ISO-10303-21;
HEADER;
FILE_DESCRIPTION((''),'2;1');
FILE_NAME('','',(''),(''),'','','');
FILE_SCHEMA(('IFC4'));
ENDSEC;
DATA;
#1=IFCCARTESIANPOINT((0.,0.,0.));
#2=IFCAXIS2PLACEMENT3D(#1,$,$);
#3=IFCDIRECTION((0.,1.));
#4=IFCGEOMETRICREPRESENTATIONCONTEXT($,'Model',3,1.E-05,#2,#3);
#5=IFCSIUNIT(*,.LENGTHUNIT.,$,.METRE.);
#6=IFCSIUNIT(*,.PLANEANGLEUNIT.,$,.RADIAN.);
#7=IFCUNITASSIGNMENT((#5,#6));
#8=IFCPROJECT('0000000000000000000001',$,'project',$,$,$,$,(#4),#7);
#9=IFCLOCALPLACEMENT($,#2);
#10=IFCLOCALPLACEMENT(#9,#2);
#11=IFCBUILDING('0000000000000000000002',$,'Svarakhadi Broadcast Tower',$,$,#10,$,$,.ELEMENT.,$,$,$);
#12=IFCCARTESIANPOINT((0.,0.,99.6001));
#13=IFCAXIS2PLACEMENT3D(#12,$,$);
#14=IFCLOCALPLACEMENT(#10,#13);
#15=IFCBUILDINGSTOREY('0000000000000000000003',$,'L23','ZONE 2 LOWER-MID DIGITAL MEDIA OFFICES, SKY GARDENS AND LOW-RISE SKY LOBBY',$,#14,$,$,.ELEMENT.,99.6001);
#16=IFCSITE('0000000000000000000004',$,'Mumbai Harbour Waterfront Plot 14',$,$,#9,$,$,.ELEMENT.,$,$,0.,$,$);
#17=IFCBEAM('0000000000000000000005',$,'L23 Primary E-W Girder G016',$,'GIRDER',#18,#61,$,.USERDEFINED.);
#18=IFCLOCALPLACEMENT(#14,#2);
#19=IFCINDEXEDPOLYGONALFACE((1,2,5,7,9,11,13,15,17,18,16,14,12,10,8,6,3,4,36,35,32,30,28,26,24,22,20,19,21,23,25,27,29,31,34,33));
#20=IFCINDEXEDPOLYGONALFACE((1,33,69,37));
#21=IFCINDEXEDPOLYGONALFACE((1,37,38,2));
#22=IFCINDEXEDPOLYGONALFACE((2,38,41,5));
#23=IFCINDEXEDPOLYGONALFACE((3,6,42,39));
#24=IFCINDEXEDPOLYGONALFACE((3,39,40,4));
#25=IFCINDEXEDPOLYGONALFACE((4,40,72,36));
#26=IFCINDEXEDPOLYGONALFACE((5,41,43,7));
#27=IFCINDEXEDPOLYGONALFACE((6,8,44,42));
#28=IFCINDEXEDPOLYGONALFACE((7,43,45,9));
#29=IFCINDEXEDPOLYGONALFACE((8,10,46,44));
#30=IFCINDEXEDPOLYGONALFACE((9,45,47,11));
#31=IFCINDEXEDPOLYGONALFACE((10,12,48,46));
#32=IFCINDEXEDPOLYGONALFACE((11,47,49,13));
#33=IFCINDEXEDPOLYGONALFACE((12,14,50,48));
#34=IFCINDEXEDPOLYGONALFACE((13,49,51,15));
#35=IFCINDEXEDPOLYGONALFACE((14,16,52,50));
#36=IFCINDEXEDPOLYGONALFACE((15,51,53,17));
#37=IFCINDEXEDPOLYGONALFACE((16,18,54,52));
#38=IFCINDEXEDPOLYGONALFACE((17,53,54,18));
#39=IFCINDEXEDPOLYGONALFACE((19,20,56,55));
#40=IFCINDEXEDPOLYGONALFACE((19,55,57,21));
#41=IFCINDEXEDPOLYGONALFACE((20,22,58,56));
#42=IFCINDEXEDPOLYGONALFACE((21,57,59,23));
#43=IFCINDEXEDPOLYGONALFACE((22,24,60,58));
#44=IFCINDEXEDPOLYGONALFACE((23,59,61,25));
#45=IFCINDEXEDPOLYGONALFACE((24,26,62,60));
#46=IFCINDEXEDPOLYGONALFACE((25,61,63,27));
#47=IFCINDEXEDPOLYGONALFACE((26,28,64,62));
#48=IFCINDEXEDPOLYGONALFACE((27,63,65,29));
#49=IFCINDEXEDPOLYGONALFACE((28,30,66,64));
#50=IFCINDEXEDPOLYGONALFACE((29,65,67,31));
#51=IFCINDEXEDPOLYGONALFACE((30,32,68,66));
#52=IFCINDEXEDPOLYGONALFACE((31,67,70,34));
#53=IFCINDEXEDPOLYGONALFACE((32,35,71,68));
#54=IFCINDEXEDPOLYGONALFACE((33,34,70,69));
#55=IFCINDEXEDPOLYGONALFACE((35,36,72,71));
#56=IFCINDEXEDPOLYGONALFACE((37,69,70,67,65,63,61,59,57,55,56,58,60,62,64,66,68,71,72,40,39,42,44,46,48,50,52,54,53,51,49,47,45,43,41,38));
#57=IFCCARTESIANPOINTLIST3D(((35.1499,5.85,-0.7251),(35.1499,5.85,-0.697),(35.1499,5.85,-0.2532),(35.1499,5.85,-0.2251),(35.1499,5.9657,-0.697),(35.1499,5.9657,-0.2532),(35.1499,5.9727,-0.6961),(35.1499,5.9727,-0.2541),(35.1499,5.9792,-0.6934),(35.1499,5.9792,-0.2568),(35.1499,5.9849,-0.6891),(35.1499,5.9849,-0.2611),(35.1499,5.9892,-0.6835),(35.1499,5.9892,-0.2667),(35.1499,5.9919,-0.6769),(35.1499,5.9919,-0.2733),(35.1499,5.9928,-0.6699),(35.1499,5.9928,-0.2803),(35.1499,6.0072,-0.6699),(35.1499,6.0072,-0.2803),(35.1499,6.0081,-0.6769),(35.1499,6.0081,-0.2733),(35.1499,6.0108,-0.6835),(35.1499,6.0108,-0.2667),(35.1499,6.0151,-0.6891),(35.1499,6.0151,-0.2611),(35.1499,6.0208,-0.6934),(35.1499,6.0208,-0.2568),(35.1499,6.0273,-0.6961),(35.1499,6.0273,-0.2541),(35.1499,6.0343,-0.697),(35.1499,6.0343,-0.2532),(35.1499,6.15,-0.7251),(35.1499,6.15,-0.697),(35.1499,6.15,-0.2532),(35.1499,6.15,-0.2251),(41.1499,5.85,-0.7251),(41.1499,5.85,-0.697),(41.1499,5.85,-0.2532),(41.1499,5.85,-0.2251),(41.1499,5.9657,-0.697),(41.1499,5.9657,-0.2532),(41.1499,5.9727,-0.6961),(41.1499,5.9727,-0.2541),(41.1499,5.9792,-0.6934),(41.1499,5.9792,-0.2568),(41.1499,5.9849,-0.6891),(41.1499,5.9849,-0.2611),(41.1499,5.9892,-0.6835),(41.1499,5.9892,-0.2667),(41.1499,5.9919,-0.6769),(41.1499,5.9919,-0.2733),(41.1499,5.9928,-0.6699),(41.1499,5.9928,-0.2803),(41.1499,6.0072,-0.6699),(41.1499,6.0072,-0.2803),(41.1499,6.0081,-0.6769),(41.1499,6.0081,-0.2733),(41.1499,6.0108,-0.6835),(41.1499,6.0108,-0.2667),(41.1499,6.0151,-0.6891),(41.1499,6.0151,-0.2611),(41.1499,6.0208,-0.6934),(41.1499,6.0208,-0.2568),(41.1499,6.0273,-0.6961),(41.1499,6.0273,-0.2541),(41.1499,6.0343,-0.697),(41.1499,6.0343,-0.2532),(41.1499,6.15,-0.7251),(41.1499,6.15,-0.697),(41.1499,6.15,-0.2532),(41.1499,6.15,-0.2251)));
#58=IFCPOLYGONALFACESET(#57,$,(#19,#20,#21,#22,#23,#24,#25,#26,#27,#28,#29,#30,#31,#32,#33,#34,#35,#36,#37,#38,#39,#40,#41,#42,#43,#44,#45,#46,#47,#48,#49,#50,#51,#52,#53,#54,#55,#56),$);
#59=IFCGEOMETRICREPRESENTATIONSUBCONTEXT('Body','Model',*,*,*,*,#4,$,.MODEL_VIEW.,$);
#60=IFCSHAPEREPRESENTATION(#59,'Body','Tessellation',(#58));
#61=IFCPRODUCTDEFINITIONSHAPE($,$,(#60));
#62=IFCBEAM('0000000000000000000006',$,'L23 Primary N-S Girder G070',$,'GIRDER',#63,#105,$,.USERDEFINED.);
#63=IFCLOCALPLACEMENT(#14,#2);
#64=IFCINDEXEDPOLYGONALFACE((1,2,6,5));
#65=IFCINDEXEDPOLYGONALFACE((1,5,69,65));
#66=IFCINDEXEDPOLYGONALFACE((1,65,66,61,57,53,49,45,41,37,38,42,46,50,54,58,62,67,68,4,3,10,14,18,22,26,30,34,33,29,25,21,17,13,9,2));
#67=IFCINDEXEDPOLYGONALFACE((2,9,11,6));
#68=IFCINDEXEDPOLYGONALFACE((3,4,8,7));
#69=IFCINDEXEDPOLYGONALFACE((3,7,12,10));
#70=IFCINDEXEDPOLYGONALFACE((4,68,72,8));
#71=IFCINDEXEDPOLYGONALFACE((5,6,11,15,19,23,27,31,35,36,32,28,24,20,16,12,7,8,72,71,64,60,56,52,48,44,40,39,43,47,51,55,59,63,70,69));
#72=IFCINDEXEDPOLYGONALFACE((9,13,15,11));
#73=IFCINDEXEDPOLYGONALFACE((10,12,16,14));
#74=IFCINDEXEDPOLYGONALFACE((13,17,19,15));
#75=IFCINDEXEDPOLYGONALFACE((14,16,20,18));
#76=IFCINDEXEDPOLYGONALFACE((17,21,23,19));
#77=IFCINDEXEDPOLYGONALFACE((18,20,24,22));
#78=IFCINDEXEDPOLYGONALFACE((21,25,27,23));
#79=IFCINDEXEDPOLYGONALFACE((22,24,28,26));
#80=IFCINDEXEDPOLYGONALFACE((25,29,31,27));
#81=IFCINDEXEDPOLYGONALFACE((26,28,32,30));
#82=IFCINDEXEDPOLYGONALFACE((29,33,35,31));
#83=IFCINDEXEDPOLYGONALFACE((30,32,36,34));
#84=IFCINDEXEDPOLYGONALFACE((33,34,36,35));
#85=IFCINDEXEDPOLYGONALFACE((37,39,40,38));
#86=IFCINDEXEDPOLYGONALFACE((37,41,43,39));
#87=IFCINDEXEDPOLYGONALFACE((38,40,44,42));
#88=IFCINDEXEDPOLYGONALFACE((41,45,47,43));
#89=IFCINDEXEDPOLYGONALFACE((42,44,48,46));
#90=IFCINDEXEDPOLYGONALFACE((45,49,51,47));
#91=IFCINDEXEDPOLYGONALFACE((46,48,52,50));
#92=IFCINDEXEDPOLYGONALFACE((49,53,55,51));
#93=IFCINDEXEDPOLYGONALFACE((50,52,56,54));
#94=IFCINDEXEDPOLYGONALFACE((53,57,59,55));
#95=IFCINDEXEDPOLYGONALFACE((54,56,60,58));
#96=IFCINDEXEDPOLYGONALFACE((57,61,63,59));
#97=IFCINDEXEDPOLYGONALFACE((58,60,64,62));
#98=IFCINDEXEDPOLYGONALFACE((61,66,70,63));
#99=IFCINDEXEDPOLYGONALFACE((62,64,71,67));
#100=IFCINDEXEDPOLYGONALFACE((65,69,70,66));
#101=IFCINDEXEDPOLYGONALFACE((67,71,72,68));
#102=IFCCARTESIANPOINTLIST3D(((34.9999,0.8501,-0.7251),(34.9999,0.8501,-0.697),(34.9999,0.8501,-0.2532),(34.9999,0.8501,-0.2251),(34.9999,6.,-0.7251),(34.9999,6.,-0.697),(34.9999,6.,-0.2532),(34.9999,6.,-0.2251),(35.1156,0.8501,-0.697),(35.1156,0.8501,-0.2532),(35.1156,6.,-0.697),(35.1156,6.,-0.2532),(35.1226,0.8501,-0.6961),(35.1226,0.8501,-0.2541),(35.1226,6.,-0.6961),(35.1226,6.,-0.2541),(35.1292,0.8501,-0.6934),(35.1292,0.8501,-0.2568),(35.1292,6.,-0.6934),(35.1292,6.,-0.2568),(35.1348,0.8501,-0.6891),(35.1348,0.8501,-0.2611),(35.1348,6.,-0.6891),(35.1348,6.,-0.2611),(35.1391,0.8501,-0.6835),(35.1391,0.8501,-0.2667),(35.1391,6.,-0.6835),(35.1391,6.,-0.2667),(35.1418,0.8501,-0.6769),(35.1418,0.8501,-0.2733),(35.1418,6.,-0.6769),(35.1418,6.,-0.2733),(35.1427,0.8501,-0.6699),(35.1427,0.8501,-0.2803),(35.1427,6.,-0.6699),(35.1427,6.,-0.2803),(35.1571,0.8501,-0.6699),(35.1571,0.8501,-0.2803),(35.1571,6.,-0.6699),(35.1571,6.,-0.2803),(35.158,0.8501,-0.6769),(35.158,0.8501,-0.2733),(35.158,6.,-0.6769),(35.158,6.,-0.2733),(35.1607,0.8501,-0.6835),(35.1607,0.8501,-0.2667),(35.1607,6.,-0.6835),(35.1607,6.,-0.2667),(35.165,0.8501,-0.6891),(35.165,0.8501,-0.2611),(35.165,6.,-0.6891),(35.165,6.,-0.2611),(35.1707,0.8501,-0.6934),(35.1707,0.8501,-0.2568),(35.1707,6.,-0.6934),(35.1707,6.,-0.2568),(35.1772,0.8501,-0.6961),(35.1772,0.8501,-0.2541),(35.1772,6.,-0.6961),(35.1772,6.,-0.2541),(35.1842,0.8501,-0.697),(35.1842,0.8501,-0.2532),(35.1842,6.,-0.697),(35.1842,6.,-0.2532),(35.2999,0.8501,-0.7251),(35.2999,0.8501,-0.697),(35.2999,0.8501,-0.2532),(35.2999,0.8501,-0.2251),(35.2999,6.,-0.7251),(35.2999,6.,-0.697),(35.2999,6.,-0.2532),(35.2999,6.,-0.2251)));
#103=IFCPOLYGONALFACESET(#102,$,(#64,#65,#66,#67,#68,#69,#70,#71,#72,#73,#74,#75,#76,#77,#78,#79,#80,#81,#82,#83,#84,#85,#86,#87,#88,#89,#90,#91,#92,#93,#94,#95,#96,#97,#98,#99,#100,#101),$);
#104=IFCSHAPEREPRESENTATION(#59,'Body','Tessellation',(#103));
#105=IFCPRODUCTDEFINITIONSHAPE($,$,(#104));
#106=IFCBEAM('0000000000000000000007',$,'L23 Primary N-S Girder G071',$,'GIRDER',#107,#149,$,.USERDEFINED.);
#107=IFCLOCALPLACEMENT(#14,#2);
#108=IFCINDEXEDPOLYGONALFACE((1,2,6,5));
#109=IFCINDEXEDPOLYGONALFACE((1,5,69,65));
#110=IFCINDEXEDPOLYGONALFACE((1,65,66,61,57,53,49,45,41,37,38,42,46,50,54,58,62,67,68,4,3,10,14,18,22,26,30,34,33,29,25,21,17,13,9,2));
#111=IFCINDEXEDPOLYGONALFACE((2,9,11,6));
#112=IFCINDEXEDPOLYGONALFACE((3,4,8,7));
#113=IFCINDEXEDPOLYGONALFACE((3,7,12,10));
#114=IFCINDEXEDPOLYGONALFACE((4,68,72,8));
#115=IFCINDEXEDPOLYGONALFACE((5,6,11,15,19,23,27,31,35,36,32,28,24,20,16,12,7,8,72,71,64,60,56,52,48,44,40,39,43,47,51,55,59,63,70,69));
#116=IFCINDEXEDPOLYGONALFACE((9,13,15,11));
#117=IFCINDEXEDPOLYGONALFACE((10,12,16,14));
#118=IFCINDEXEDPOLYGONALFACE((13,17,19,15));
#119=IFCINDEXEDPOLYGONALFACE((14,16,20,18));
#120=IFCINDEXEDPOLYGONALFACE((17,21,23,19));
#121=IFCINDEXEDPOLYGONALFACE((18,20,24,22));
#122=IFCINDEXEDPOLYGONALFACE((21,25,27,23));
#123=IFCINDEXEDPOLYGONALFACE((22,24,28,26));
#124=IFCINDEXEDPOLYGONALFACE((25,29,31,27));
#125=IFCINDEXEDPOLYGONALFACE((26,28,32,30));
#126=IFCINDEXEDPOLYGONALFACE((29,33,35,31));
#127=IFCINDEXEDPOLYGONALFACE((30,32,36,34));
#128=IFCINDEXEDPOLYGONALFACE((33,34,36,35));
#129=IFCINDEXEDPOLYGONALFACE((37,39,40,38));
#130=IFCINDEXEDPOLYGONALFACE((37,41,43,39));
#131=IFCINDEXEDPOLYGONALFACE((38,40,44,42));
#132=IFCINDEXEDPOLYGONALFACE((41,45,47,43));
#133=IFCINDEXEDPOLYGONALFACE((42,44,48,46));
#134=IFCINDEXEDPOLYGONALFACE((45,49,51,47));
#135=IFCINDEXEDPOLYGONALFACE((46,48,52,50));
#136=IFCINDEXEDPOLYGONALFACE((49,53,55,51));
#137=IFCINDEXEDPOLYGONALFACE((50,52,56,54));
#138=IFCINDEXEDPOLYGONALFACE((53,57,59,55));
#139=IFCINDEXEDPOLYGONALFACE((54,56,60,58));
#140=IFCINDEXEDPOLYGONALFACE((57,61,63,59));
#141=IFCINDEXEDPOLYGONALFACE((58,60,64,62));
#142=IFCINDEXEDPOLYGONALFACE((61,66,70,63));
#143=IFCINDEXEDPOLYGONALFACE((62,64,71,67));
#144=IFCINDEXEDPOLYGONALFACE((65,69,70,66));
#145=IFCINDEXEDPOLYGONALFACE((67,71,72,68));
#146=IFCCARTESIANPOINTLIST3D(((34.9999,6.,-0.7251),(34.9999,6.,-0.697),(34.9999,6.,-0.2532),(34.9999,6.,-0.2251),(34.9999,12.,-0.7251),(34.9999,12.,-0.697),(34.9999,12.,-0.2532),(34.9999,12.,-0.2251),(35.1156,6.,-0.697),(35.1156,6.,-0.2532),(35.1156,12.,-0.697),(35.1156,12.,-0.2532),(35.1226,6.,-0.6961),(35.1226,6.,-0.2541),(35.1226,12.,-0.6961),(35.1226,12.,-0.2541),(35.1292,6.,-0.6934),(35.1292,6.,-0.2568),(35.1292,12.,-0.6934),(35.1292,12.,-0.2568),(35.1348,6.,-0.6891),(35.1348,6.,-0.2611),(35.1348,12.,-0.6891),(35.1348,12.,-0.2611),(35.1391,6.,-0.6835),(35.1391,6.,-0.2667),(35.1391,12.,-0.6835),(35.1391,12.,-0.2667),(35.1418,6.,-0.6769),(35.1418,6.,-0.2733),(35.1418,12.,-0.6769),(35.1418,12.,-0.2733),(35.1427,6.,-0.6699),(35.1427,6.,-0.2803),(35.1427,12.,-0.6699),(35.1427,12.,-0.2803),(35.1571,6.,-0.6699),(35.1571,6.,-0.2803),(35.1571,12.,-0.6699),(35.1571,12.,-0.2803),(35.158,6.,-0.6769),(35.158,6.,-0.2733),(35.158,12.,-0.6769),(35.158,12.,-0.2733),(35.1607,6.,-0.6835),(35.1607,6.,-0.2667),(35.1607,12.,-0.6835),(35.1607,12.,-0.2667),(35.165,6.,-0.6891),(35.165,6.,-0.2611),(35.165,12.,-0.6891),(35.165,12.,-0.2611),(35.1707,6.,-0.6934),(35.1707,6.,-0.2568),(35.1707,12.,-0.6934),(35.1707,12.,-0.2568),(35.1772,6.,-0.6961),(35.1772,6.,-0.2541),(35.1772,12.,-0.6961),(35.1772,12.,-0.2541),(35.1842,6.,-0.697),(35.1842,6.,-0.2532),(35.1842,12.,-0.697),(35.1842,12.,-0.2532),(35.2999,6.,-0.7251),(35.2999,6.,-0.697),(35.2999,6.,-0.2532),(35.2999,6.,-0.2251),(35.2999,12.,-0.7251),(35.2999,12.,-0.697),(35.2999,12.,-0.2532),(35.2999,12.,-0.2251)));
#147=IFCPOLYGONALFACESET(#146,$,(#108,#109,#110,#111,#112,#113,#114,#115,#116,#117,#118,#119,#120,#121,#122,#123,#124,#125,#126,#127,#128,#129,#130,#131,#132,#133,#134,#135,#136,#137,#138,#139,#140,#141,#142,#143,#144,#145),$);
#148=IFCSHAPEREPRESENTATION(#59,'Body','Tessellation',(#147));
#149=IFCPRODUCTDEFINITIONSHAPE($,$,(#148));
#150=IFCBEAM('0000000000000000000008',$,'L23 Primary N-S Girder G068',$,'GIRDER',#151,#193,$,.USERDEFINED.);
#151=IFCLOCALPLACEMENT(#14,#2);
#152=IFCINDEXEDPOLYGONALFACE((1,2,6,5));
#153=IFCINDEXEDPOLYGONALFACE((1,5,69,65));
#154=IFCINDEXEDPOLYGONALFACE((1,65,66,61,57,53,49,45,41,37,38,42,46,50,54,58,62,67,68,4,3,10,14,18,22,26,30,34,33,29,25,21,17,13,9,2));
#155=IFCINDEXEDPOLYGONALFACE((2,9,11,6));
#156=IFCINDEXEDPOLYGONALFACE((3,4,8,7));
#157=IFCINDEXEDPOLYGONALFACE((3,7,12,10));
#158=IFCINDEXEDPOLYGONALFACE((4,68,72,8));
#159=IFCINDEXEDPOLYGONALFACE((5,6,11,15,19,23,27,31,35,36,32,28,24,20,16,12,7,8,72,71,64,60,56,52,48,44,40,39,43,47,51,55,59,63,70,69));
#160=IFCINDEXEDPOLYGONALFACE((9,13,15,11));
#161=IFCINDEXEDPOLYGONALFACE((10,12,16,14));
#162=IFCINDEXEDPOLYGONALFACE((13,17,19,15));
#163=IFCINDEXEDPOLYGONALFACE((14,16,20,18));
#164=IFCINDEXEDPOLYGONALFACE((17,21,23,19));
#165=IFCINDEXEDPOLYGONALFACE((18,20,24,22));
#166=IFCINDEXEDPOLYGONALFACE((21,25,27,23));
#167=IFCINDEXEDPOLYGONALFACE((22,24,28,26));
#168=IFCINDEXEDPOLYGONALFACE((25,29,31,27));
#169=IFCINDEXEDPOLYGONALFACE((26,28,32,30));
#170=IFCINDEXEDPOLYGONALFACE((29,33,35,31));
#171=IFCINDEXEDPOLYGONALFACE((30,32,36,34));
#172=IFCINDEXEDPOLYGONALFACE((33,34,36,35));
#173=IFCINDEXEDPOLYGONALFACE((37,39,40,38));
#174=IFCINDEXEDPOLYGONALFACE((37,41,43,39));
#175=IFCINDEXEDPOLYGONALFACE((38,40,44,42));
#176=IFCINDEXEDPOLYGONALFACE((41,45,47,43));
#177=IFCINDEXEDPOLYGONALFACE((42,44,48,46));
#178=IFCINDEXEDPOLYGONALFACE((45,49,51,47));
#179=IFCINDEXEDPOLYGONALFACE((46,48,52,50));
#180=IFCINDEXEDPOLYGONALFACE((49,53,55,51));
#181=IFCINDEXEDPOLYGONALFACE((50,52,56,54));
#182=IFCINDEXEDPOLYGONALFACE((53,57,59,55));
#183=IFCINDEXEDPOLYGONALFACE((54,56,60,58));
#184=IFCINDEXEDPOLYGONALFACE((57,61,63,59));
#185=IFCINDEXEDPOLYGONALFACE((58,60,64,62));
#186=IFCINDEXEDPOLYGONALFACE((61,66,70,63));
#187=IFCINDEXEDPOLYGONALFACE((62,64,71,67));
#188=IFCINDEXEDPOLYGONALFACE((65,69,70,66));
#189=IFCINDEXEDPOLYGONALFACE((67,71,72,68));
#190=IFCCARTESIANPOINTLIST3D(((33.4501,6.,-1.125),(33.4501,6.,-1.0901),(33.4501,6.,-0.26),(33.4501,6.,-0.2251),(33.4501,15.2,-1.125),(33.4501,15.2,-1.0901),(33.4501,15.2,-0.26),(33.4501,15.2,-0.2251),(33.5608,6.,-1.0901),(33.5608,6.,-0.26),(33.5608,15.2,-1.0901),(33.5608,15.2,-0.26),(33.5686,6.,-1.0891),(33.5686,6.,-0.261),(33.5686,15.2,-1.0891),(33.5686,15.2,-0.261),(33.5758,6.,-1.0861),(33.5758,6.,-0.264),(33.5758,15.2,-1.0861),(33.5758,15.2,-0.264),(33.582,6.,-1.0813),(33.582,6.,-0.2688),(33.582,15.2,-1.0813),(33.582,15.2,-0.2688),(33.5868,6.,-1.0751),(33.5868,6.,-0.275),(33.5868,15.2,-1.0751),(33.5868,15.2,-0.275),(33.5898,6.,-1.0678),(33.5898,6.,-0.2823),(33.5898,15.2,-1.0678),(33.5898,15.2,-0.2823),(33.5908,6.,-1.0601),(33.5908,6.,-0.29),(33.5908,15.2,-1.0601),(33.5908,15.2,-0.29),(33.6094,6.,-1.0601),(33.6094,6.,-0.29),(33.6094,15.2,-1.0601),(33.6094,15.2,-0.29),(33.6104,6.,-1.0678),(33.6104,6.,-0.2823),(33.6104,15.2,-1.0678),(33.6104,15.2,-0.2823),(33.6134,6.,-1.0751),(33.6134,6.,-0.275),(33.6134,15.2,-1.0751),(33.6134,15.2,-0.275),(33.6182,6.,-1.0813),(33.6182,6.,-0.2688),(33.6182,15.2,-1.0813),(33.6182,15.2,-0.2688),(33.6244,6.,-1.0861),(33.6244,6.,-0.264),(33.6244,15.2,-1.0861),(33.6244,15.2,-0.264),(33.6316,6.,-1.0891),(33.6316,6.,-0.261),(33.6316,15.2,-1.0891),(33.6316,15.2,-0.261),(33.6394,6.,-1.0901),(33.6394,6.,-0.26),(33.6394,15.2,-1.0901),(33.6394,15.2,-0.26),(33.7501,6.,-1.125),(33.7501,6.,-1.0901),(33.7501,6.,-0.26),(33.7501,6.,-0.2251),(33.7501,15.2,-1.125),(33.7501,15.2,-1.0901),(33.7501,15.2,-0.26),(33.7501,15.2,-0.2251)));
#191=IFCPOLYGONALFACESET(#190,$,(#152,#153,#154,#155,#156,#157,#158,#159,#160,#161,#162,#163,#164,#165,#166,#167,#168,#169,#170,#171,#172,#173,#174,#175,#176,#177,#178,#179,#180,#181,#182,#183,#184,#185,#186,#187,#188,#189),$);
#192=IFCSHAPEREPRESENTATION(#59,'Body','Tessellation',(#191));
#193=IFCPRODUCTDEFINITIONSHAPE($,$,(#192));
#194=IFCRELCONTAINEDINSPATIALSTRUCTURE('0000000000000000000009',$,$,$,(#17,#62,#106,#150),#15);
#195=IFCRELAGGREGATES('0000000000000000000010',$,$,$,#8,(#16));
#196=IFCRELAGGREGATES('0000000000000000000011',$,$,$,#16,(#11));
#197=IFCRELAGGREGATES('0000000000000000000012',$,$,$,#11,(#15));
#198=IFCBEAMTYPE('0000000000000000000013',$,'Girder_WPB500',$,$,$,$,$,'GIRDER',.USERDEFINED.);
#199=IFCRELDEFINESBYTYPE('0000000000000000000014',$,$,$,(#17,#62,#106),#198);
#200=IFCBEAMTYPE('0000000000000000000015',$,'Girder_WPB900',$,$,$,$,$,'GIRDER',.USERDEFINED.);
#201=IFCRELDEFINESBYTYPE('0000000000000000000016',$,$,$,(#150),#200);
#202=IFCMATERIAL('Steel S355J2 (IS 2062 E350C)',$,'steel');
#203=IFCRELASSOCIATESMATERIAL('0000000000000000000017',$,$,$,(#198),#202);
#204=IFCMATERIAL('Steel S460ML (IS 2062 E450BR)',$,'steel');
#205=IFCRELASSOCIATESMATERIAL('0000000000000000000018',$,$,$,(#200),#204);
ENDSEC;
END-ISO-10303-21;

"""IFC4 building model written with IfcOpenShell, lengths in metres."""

from ifc_helpers import new_model, si_unit, direction, frame, origin, origin_2d, place, context, subcontext, project, spatial, i_section, extrude, material, material_profile, profile_set, type_object, element, save


model = new_model("IFC4")

# Units and contexts
model_context = context("Model", 3, precision=1e-05, world=origin(), true_north=direction((0.0, 1.0)))
body_context = subcontext(model_context, "Body", "Model", "MODEL_VIEW")
ifc_project = project(units=[si_unit("LENGTHUNIT", "METRE"), si_unit("PLANEANGLEUNIT", "RADIAN")], contexts=[model_context])

# Site, building, storey
site_placement = place(None, origin())
site = spatial("IfcSite", under=ifc_project, at=site_placement, Name="Mumbai Harbour Waterfront Plot 14", CompositionType="ELEMENT", RefElevation=0.0)
building_placement = place(site_placement, origin())
building = spatial("IfcBuilding", under=site, at=building_placement, Name="Svarakhadi Broadcast Tower", CompositionType="ELEMENT")
storey_placement = place(building_placement, frame((0.0, 0.0, 99.6001)))
storey = spatial("IfcBuildingStorey", under=building, at=storey_placement, Name="L23", Description="ZONE 2 LOWER-MID DIGITAL MEDIA OFFICES, SKY GARDENS AND LOW-RISE SKY LOBBY", CompositionType="ELEMENT", Elevation=99.6001)

# Shared definitions
ifc_material_1 = material(Name="Steel S460ML (IS 2062 E450BR)", Category="steel")

# Shared definitions
ifc_material_2 = material(Name="Steel S355J2 (IS 2062 E350C)", Category="steel")

# Beams
ifc_material_profile_1 = material_profile(ifc_material_2, i_section(OverallWidth=0.3, OverallDepth=0.5, WebThickness=0.0144, FlangeThickness=0.0281, FilletRadius=0.0271, at=origin_2d()), Name="WPB 500x300x187")
ifc_profile_set_1 = profile_set([ifc_material_profile_1], Name="Steel S355J2 (IS 2062 E350C)")
beam_type_1 = type_object("IfcBeamType", Name="Girder_WPB500", ElementType="GIRDER", PredefinedType="USERDEFINED", material=ifc_profile_set_1)
for number, where, z_axis, x_axis, name in (
    (1, (35.1499, 6.0, -0.4751), (1.0, 0.0, 0.0), (0.0, 1.0, 0.0), "L23 Primary E-W Girder G016"),
):
    element("IfcBeam", number, at=place(storey_placement, frame(where, z_axis=z_axis, x_axis=x_axis)), inside=storey, type_object=beam_type_1, Name=name, ObjectType="GIRDER", PredefinedType="USERDEFINED", context=body_context, shape_type="SweptSolid", body=[
        extrude(i_section(OverallWidth=0.3, OverallDepth=0.5, WebThickness=0.0144, FlangeThickness=0.0281, FilletRadius=0.0271, at=origin_2d()), origin(), (0.0, 0.0, 1.0), 6.0),
    ])
beam_1_placement = place(storey_placement, frame((35.1499, 0.8501, -0.4751), z_axis=(0.0, 1.0, 0.0), x_axis=(-1.0, 0.0, 0.0)))
element("IfcBeam", 2, at=beam_1_placement, inside=storey, type_object=beam_type_1, Name="L23 Primary N-S Girder G070", ObjectType="GIRDER", PredefinedType="USERDEFINED", context=body_context, shape_type="SweptSolid", body=[
    extrude(i_section(OverallWidth=0.3, OverallDepth=0.5, WebThickness=0.0144, FlangeThickness=0.0281, FilletRadius=0.0271, at=origin_2d()), origin(), (0.0, 0.0, 1.0), 5.1499),
])
beam_2_placement = place(storey_placement, frame((35.1499, 6.0, -0.4751), z_axis=(0.0, 1.0, 0.0), x_axis=(-1.0, 0.0, 0.0)))
element("IfcBeam", 3, at=beam_2_placement, inside=storey, type_object=beam_type_1, Name="L23 Primary N-S Girder G071", ObjectType="GIRDER", PredefinedType="USERDEFINED", context=body_context, shape_type="SweptSolid", body=[
    extrude(i_section(OverallWidth=0.3, OverallDepth=0.5, WebThickness=0.0144, FlangeThickness=0.0281, FilletRadius=0.0271, at=origin_2d()), origin(), (0.0, 0.0, 1.0), 6.0),
])
ifc_material_profile_2 = material_profile(ifc_material_1, i_section(OverallWidth=0.3, OverallDepth=0.8999, WebThickness=0.0186, FlangeThickness=0.0349, FilletRadius=0.03, at=origin_2d()), Name="WPB 900x300x291")
ifc_profile_set_2 = profile_set([ifc_material_profile_2], Name="Steel S460ML (IS 2062 E450BR)")
beam_type_2 = type_object("IfcBeamType", Name="Girder_WPB900", ElementType="GIRDER", PredefinedType="USERDEFINED", material=ifc_profile_set_2)
beam_3_placement = place(storey_placement, frame((33.6001, 6.0, -0.675), z_axis=(0.0, 1.0, 0.0), x_axis=(-1.0, 0.0, 0.0)))
element("IfcBeam", 4, at=beam_3_placement, inside=storey, type_object=beam_type_2, Name="L23 Primary N-S Girder G068", ObjectType="GIRDER", PredefinedType="USERDEFINED", context=body_context, shape_type="SweptSolid", body=[
    extrude(i_section(OverallWidth=0.3, OverallDepth=0.8999, WebThickness=0.0186, FlangeThickness=0.0349, FilletRadius=0.03, at=origin_2d()), origin(), (0.0, 0.0, 1.0), 9.2),
])

save(model, "model.ifc")
